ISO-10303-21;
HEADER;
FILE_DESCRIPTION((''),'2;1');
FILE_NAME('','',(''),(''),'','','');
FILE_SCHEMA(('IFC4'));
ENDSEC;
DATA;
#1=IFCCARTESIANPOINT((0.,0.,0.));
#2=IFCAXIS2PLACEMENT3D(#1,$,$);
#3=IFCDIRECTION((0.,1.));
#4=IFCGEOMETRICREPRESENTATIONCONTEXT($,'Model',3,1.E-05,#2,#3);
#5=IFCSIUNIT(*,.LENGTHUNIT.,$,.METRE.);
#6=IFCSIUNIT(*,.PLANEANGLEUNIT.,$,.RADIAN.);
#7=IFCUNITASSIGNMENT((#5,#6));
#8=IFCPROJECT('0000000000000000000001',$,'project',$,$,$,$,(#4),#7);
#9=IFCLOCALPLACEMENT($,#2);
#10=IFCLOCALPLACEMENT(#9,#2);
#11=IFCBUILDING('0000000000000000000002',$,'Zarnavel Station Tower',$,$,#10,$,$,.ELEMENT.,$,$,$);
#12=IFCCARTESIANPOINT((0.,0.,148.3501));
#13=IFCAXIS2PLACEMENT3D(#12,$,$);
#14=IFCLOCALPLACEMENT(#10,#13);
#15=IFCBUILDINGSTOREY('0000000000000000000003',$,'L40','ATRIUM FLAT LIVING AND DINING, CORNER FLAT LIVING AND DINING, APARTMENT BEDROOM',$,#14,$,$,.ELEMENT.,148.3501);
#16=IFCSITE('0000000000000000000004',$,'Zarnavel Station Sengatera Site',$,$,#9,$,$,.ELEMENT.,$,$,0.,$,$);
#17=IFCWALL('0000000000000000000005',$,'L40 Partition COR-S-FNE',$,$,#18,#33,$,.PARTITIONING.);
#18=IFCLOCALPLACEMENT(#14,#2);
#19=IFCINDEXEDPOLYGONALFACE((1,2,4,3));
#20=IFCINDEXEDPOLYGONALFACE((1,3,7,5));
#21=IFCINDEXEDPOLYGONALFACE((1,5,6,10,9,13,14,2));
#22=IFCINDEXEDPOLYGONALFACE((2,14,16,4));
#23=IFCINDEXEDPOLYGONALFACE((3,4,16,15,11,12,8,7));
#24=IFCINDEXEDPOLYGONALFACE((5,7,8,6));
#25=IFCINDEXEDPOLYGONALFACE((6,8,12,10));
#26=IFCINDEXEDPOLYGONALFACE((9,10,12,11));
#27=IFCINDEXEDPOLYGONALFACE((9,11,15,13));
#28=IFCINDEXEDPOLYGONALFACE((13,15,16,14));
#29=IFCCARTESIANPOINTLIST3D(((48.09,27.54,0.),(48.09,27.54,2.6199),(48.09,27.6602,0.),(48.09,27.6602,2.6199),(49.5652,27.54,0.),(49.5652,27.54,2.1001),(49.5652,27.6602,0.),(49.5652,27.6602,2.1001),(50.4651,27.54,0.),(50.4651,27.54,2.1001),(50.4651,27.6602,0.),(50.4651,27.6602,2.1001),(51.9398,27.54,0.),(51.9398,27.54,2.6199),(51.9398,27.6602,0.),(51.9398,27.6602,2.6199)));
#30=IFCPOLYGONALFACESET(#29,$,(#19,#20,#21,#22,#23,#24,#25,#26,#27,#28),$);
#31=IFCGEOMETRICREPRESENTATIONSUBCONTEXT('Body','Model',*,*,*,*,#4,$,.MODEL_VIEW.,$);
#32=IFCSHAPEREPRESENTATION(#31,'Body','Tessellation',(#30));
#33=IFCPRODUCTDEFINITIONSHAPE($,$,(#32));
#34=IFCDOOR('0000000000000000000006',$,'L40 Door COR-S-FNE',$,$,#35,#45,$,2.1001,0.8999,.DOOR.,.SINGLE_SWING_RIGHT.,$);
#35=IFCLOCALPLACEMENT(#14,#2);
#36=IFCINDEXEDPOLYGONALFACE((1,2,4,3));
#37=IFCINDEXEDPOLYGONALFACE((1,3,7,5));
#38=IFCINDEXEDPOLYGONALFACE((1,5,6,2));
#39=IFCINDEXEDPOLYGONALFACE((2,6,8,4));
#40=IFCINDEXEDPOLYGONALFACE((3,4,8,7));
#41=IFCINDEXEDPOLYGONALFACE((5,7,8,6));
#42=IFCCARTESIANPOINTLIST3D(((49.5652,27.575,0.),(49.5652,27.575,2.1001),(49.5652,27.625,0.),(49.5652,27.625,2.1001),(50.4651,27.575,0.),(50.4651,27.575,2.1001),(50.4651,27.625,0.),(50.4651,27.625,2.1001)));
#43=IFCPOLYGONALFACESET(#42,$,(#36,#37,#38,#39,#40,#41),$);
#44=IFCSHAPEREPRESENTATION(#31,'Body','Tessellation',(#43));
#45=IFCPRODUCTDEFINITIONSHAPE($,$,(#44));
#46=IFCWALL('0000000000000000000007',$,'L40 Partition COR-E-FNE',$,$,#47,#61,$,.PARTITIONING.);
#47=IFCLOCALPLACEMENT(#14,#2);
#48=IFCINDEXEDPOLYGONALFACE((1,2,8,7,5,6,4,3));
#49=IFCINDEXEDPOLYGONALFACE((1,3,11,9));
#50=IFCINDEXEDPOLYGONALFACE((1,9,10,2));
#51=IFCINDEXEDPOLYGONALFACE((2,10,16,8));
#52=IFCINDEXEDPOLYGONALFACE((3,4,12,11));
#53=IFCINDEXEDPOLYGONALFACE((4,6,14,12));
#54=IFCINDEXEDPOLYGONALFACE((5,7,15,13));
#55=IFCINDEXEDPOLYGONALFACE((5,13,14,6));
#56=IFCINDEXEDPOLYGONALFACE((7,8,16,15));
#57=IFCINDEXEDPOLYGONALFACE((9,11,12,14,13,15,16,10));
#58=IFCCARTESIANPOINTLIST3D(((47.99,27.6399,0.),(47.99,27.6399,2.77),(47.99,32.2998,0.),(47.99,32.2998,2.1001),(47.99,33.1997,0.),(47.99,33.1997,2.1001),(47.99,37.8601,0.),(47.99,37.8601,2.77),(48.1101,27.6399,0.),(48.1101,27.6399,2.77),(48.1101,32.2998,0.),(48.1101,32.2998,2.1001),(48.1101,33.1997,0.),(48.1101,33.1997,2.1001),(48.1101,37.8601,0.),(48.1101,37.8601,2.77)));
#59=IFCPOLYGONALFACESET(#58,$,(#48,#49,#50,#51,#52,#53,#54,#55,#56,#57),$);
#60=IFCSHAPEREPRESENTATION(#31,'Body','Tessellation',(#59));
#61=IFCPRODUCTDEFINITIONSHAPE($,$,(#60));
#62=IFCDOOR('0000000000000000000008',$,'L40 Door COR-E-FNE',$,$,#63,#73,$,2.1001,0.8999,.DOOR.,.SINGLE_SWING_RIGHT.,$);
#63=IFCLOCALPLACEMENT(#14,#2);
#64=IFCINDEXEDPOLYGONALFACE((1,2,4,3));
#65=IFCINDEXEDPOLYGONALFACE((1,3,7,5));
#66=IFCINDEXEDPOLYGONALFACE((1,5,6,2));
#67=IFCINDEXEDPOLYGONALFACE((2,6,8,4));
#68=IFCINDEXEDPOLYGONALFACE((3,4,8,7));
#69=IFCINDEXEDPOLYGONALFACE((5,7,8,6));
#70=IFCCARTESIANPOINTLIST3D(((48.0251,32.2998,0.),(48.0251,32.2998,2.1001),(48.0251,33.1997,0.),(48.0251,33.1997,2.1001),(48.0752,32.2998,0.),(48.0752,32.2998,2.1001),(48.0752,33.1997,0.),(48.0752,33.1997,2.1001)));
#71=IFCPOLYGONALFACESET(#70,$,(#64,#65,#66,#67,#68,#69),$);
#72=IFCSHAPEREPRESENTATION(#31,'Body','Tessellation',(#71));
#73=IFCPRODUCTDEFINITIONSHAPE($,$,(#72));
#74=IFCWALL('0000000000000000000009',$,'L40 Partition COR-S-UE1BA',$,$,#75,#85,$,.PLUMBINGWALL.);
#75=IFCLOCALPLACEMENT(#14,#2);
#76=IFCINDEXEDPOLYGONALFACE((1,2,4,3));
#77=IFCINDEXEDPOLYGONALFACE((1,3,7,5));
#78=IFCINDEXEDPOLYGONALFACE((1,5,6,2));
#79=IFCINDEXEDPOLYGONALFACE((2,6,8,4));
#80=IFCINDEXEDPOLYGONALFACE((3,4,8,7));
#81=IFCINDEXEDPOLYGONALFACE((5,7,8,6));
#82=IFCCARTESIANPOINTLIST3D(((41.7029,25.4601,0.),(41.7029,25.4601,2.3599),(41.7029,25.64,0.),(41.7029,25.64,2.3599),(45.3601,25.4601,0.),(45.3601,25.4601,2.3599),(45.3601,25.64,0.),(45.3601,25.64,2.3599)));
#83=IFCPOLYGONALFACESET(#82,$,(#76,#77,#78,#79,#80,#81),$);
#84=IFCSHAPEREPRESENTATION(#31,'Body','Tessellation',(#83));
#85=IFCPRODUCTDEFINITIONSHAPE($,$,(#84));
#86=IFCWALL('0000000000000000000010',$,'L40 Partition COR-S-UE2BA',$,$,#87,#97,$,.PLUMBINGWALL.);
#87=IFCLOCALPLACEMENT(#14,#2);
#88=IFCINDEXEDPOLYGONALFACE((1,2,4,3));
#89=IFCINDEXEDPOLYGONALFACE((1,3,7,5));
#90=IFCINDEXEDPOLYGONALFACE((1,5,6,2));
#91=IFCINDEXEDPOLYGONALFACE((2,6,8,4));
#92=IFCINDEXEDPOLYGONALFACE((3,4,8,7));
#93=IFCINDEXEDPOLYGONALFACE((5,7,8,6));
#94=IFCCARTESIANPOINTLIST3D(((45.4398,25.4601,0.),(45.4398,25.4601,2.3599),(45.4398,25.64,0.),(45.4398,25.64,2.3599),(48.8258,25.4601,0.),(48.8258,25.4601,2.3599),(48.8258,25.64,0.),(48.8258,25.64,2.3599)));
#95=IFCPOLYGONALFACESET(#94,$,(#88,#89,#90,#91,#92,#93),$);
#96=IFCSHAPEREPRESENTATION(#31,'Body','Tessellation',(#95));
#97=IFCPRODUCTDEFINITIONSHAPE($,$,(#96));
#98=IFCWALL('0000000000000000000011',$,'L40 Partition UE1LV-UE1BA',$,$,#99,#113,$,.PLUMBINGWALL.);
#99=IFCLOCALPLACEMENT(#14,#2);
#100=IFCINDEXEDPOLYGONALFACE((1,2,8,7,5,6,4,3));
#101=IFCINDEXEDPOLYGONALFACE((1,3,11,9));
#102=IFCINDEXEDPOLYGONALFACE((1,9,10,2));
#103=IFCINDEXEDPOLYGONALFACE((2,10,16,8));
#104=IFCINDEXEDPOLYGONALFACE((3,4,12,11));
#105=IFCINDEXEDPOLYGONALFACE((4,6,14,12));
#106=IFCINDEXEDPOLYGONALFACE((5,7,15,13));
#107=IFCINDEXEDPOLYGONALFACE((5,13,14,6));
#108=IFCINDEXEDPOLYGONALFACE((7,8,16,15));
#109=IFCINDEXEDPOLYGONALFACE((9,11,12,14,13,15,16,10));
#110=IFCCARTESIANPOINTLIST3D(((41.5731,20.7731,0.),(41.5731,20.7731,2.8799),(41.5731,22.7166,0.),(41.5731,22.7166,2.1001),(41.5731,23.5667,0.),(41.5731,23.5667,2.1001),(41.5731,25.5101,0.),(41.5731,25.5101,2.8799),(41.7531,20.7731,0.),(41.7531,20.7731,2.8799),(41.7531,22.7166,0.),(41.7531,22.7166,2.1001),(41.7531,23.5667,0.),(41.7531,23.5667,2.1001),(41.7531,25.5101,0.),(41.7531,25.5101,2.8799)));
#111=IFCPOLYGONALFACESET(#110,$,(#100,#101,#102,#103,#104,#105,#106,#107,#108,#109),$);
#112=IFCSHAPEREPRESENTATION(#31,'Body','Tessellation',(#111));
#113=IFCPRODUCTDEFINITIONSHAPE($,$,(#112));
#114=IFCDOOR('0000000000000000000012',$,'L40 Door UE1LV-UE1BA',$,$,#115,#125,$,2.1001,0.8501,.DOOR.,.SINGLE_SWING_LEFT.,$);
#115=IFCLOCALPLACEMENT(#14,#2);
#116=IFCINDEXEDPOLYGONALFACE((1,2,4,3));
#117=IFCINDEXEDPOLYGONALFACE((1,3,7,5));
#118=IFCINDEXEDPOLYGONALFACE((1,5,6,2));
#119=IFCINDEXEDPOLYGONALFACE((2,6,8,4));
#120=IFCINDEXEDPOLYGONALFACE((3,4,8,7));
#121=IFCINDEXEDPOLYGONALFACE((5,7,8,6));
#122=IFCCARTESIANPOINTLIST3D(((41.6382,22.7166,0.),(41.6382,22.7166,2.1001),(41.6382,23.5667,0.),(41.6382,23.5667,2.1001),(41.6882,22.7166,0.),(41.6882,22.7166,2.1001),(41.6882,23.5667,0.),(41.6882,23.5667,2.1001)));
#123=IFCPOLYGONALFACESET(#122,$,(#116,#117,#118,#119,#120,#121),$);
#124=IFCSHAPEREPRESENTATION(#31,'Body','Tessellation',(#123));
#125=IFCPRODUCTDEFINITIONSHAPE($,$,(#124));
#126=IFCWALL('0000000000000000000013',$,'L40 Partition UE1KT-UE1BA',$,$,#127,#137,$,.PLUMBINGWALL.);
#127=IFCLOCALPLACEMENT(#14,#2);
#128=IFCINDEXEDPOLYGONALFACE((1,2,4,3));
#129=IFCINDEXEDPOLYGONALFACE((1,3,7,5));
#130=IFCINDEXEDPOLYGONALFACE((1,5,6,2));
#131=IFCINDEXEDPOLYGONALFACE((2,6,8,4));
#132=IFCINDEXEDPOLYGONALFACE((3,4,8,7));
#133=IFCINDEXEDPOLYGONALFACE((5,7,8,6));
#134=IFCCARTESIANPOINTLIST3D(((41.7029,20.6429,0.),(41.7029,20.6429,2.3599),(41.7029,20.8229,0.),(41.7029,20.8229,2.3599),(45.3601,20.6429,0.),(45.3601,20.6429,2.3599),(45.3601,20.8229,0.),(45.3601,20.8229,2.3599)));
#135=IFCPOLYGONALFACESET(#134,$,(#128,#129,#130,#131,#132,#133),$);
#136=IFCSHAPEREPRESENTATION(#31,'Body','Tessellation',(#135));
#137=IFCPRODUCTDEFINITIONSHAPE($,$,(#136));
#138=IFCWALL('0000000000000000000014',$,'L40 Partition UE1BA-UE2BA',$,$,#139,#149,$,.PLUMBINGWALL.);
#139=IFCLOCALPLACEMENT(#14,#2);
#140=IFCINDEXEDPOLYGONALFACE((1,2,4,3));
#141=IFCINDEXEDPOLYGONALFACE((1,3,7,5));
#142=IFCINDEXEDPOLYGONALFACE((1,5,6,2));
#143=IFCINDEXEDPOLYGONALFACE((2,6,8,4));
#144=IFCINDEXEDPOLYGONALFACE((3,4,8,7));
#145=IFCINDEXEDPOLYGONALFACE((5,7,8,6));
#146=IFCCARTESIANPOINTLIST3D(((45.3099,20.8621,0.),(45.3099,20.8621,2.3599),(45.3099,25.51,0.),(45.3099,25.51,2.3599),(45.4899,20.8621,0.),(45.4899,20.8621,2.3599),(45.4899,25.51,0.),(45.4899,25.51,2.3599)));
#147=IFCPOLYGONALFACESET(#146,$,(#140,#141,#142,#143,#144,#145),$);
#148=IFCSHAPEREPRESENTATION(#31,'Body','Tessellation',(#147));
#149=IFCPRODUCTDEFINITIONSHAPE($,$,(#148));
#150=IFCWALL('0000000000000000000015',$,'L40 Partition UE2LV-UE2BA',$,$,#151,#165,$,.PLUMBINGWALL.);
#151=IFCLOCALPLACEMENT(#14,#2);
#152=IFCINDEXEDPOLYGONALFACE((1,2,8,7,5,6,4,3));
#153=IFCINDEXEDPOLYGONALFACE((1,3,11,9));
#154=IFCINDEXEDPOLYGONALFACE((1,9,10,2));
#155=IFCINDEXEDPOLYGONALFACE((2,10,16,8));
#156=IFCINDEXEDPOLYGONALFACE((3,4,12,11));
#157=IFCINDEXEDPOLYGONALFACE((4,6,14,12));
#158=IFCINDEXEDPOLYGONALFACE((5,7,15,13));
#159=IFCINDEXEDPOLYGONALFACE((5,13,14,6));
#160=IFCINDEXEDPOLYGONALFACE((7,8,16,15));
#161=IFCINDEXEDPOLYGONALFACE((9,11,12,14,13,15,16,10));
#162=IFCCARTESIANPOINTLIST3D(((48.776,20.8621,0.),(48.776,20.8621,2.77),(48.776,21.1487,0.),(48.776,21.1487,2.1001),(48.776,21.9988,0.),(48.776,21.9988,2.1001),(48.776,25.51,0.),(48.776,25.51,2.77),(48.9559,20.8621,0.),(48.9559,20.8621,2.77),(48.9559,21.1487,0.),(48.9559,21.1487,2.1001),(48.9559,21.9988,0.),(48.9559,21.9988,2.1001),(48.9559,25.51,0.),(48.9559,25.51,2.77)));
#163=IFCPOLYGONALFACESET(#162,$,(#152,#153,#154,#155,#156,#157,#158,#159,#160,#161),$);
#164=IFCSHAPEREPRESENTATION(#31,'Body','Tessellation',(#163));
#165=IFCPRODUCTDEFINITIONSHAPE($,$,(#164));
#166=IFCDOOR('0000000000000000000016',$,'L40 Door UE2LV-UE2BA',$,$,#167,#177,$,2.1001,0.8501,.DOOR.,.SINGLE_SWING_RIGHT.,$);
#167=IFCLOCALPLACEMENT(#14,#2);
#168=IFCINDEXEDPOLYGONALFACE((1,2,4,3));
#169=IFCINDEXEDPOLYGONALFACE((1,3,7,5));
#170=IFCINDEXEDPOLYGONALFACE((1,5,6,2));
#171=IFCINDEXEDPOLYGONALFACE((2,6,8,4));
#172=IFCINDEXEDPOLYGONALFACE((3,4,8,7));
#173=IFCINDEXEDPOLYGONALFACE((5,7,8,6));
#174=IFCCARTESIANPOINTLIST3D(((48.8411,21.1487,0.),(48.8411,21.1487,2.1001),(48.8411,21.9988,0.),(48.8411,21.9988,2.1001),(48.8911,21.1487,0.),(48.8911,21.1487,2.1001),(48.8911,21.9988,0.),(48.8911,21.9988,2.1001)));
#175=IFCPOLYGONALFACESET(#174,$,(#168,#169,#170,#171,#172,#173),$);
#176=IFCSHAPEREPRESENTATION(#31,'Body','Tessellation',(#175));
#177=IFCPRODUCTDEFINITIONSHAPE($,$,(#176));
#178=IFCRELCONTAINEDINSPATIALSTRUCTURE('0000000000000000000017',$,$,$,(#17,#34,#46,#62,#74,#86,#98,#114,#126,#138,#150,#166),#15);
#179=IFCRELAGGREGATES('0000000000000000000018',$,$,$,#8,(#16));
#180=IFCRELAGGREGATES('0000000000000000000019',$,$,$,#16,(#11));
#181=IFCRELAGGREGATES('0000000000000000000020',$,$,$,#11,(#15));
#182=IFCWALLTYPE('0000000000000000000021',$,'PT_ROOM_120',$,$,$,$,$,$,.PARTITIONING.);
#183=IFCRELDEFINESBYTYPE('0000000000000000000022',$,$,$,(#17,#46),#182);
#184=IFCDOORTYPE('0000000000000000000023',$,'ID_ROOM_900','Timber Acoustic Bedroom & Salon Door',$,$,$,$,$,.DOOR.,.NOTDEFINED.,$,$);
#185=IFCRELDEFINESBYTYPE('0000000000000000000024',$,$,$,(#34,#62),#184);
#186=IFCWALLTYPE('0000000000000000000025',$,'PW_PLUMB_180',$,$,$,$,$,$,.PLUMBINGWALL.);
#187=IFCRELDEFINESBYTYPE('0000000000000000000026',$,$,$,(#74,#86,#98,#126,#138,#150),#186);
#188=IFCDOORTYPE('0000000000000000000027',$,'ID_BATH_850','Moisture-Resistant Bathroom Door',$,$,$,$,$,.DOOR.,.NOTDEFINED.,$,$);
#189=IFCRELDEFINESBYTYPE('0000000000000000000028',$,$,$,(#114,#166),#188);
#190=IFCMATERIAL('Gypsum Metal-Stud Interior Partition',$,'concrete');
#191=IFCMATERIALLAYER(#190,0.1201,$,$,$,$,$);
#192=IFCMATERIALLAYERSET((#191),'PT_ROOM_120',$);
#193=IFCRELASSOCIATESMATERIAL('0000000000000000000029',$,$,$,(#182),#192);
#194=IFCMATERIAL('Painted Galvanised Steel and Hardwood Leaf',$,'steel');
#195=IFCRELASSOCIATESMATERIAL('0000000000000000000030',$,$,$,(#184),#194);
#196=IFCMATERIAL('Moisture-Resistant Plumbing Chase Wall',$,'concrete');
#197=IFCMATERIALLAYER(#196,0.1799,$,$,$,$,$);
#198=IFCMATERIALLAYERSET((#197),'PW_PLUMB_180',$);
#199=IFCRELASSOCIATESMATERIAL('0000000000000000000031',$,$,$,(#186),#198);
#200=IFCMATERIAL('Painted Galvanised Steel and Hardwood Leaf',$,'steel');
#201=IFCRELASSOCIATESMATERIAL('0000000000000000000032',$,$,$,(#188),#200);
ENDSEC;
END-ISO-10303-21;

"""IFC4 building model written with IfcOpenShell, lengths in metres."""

from ifc_helpers import new_model, si_unit, direction, frame, frame_2d, origin, place, context, subcontext, project, spatial, rectangle, extrude, material, layer, layer_set, type_object, element, fill, save


model = new_model("IFC4")

# Units and contexts
model_context = context("Model", 3, precision=1e-05, world=origin(), true_north=direction((0.0, 1.0)))
body_context = subcontext(model_context, "Body", "Model", "MODEL_VIEW")
ifc_project = project(units=[si_unit("LENGTHUNIT", "METRE"), si_unit("PLANEANGLEUNIT", "RADIAN")], contexts=[model_context])

# Site, building, storey
site_placement = place(None, origin())
site = spatial("IfcSite", under=ifc_project, at=site_placement, Name="Zarnavel Station Sengatera Site", CompositionType="ELEMENT", RefElevation=0.0)
building_placement = place(site_placement, origin())
building = spatial("IfcBuilding", under=site, at=building_placement, Name="Zarnavel Station Tower", CompositionType="ELEMENT")
storey_placement = place(building_placement, frame((0.0, 0.0, 148.3501)))
storey = spatial("IfcBuildingStorey", under=building, at=storey_placement, Name="L40", Description="ATRIUM FLAT LIVING AND DINING, CORNER FLAT LIVING AND DINING, APARTMENT BEDROOM", CompositionType="ELEMENT", Elevation=148.3501)

# Walls, openings, doors
ifc_material_1 = material(Name="Gypsum Metal-Stud Interior Partition", Category="concrete")
ifc_layer_1 = layer(ifc_material_1, 0.1201)
ifc_layer_set_1 = layer_set([ifc_layer_1], Name="PT_ROOM_120")
wall_type_1 = type_object("IfcWallType", Name="PT_ROOM_120", PredefinedType="PARTITIONING", material=ifc_layer_set_1)
wall_1_placement = place(storey_placement, frame((48.0901, 27.6001, 0.0), z_axis=(0.0, 0.0, 1.0), x_axis=(1.0, 0.0, 0.0)))
wall_1 = element("IfcWall", 1, at=wall_1_placement, inside=storey, type_object=wall_type_1, Name="L40 Partition COR-S-FNE", PredefinedType="PARTITIONING", context=body_context, shape_type="SweptSolid", body=[
    extrude(rectangle(XDim=3.8499, YDim=0.1201, at=frame_2d((1.9248, 0.0))), origin(), (0.0, 0.0, 1.0), 2.6199),
])
opening_1_placement = place(wall_1_placement, frame((1.4751, 0.0, 0.0)))
opening_1 = element("IfcOpeningElement", 2, at=opening_1_placement, cuts=wall_1, PredefinedType="OPENING", context=body_context, shape_type="SweptSolid", body=[
    extrude(rectangle(XDim=0.8999, YDim=2.1001, at=frame_2d((0.45, 1.05))), frame((0.0, 0.0701, 0.0), z_axis=(0.0, -1.0, 0.0), x_axis=(1.0, 0.0, 0.0)), (0.0, 0.0, 1.0), 0.1401),
])
ifc_material_2 = material(Name="Painted Galvanised Steel and Hardwood Leaf", Category="steel")
door_type_1 = type_object("IfcDoorType", Name="ID_ROOM_900", Description="Timber Acoustic Bedroom & Salon Door", OperationType="NOTDEFINED", PredefinedType="DOOR", material=ifc_material_2)
door_1_placement = place(opening_1_placement, origin())
door_1 = element("IfcDoor", 3, at=door_1_placement, inside=storey, type_object=door_type_1, Name="L40 Door COR-S-FNE", OperationType="SINGLE_SWING_RIGHT", OverallHeight=2.1001, OverallWidth=0.8999, PredefinedType="DOOR", context=body_context, shape_type="SweptSolid", body=[
    extrude(rectangle(XDim=0.8999, YDim=2.1001, at=frame_2d((0.45, 1.05))), frame((0.0, 0.0249, 0.0), z_axis=(0.0, -1.0, 0.0), x_axis=(1.0, 0.0, 0.0)), (0.0, 0.0, 1.0), 0.05),
])
fill(opening_1, door_1)
wall_2_placement = place(storey_placement, frame((48.05, 27.6399, 0.0), z_axis=(0.0, 0.0, 1.0), x_axis=(0.0, 1.0, 0.0)))
wall_2 = element("IfcWall", 4, at=wall_2_placement, inside=storey, type_object=wall_type_1, Name="L40 Partition COR-E-FNE", PredefinedType="PARTITIONING", context=body_context, shape_type="SweptSolid", body=[
    extrude(rectangle(XDim=10.2202, YDim=0.1201, at=frame_2d((5.1101, 0.0))), origin(), (0.0, 0.0, 1.0), 2.77),
])
opening_2_placement = place(wall_2_placement, frame((4.6599, 0.0, 0.0)))
opening_2 = element("IfcOpeningElement", 5, at=opening_2_placement, cuts=wall_2, PredefinedType="OPENING", context=body_context, shape_type="SweptSolid", body=[
    extrude(rectangle(XDim=0.8999, YDim=2.1001, at=frame_2d((0.45, 1.05))), frame((0.0, 0.0701, 0.0), z_axis=(0.0, -1.0, 0.0), x_axis=(1.0, 0.0, 0.0)), (0.0, 0.0, 1.0), 0.1401),
])
door_2_placement = place(opening_2_placement, origin())
door_2 = element("IfcDoor", 6, at=door_2_placement, inside=storey, type_object=door_type_1, Name="L40 Door COR-E-FNE", OperationType="SINGLE_SWING_RIGHT", OverallHeight=2.1001, OverallWidth=0.8999, PredefinedType="DOOR", context=body_context, shape_type="SweptSolid", body=[
    extrude(rectangle(XDim=0.8999, YDim=2.1001, at=frame_2d((0.45, 1.05))), frame((0.0, 0.0249, 0.0), z_axis=(0.0, -1.0, 0.0), x_axis=(1.0, 0.0, 0.0)), (0.0, 0.0, 1.0), 0.05),
])
fill(opening_2, door_2)

# Walls
ifc_material_3 = material(Name="Moisture-Resistant Plumbing Chase Wall", Category="concrete")
ifc_layer_2 = layer(ifc_material_3, 0.1799)
ifc_layer_set_2 = layer_set([ifc_layer_2], Name="PW_PLUMB_180")
wall_type_2 = type_object("IfcWallType", Name="PW_PLUMB_180", PredefinedType="PLUMBINGWALL", material=ifc_layer_set_2)
wall_3_placement = place(storey_placement, frame((41.7029, 25.55, 0.0), z_axis=(0.0, 0.0, 1.0), x_axis=(1.0, 0.0, 0.0)))
element("IfcWall", 7, at=wall_3_placement, inside=storey, type_object=wall_type_2, Name="L40 Partition COR-S-UE1BA", PredefinedType="PLUMBINGWALL", context=body_context, shape_type="SweptSolid", body=[
    extrude(rectangle(XDim=3.6572, YDim=0.1799, at=frame_2d((1.8286, 0.0))), origin(), (0.0, 0.0, 1.0), 2.3599),
])
wall_4_placement = place(storey_placement, frame((45.4399, 25.55, 0.0), z_axis=(0.0, 0.0, 1.0), x_axis=(1.0, 0.0, 0.0)))
element("IfcWall", 8, at=wall_4_placement, inside=storey, type_object=wall_type_2, Name="L40 Partition COR-S-UE2BA", PredefinedType="PLUMBINGWALL", context=body_context, shape_type="SweptSolid", body=[
    extrude(rectangle(XDim=3.386, YDim=0.1799, at=frame_2d((1.6929, 0.0))), origin(), (0.0, 0.0, 1.0), 2.3599),
])

# Wall, opening, door
wall_5_placement = place(storey_placement, frame((41.6631, 20.7729, 0.0), z_axis=(0.0, 0.0, 1.0), x_axis=(0.0, 1.0, 0.0)))
wall_5 = element("IfcWall", 9, at=wall_5_placement, inside=storey, type_object=wall_type_2, Name="L40 Partition UE1LV-UE1BA", PredefinedType="PLUMBINGWALL", context=body_context, shape_type="SweptSolid", body=[
    extrude(rectangle(XDim=4.7371, YDim=0.1799, at=frame_2d((2.3687, 0.0))), origin(), (0.0, 0.0, 1.0), 2.8799),
])
opening_3_placement = place(wall_5_placement, frame((1.9436, 0.0, 0.0)))
opening_3 = element("IfcOpeningElement", 10, at=opening_3_placement, cuts=wall_5, PredefinedType="OPENING", context=body_context, shape_type="SweptSolid", body=[
    extrude(rectangle(XDim=0.8501, YDim=2.1001, at=frame_2d((0.425, 1.05))), frame((0.0, 0.0999, 0.0), z_axis=(0.0, -1.0, 0.0), x_axis=(1.0, 0.0, 0.0)), (0.0, 0.0, 1.0), 0.2),
])
ifc_material_4 = material(Name="Painted Galvanised Steel and Hardwood Leaf", Category="steel")
door_type_2 = type_object("IfcDoorType", Name="ID_BATH_850", Description="Moisture-Resistant Bathroom Door", OperationType="NOTDEFINED", PredefinedType="DOOR", material=ifc_material_4)
door_3_placement = place(opening_3_placement, origin())
door_3 = element("IfcDoor", 11, at=door_3_placement, inside=storey, type_object=door_type_2, Name="L40 Door UE1LV-UE1BA", OperationType="SINGLE_SWING_LEFT", OverallHeight=2.1001, OverallWidth=0.8501, PredefinedType="DOOR", context=body_context, shape_type="SweptSolid", body=[
    extrude(rectangle(XDim=0.8501, YDim=2.1001, at=frame_2d((0.425, 1.05))), frame((0.0, 0.0249, 0.0), z_axis=(0.0, -1.0, 0.0), x_axis=(1.0, 0.0, 0.0)), (0.0, 0.0, 1.0), 0.05),
])
fill(opening_3, door_3)

# Walls
wall_6_placement = place(storey_placement, frame((41.7029, 20.7329, 0.0), z_axis=(0.0, 0.0, 1.0), x_axis=(1.0, 0.0, 0.0)))
element("IfcWall", 12, at=wall_6_placement, inside=storey, type_object=wall_type_2, Name="L40 Partition UE1KT-UE1BA", PredefinedType="PLUMBINGWALL", context=body_context, shape_type="SweptSolid", body=[
    extrude(rectangle(XDim=3.6572, YDim=0.1799, at=frame_2d((1.8286, 0.0))), origin(), (0.0, 0.0, 1.0), 2.3599),
])
wall_7_placement = place(storey_placement, frame((45.3999, 20.8621, 0.0), z_axis=(0.0, 0.0, 1.0), x_axis=(0.0, 1.0, 0.0)))
element("IfcWall", 13, at=wall_7_placement, inside=storey, type_object=wall_type_2, Name="L40 Partition UE1BA-UE2BA", PredefinedType="PLUMBINGWALL", context=body_context, shape_type="SweptSolid", body=[
    extrude(rectangle(XDim=4.6479, YDim=0.1799, at=frame_2d((2.324, 0.0))), origin(), (0.0, 0.0, 1.0), 2.3599),
])

# Wall, opening, door
wall_8_placement = place(storey_placement, frame((48.866, 20.8621, 0.0), z_axis=(0.0, 0.0, 1.0), x_axis=(0.0, 1.0, 0.0)))
wall_8 = element("IfcWall", 14, at=wall_8_placement, inside=storey, type_object=wall_type_2, Name="L40 Partition UE2LV-UE2BA", PredefinedType="PLUMBINGWALL", context=body_context, shape_type="SweptSolid", body=[
    extrude(rectangle(XDim=4.6479, YDim=0.1799, at=frame_2d((2.324, 0.0))), origin(), (0.0, 0.0, 1.0), 2.77),
])
opening_4_placement = place(wall_8_placement, frame((0.2866, 0.0, 0.0)))
opening_4 = element("IfcOpeningElement", 15, at=opening_4_placement, cuts=wall_8, PredefinedType="OPENING", context=body_context, shape_type="SweptSolid", body=[
    extrude(rectangle(XDim=0.8501, YDim=2.1001, at=frame_2d((0.425, 1.05))), frame((0.0, 0.0999, 0.0), z_axis=(0.0, -1.0, 0.0), x_axis=(1.0, 0.0, 0.0)), (0.0, 0.0, 1.0), 0.2),
])
door_4_placement = place(opening_4_placement, origin())
door_4 = element("IfcDoor", 16, at=door_4_placement, inside=storey, type_object=door_type_2, Name="L40 Door UE2LV-UE2BA", OperationType="SINGLE_SWING_RIGHT", OverallHeight=2.1001, OverallWidth=0.8501, PredefinedType="DOOR", context=body_context, shape_type="SweptSolid", body=[
    extrude(rectangle(XDim=0.8501, YDim=2.1001, at=frame_2d((0.425, 1.05))), frame((0.0, 0.0249, 0.0), z_axis=(0.0, -1.0, 0.0), x_axis=(1.0, 0.0, 0.0)), (0.0, 0.0, 1.0), 0.05),
])
fill(opening_4, door_4)

save(model, "model.ifc")
